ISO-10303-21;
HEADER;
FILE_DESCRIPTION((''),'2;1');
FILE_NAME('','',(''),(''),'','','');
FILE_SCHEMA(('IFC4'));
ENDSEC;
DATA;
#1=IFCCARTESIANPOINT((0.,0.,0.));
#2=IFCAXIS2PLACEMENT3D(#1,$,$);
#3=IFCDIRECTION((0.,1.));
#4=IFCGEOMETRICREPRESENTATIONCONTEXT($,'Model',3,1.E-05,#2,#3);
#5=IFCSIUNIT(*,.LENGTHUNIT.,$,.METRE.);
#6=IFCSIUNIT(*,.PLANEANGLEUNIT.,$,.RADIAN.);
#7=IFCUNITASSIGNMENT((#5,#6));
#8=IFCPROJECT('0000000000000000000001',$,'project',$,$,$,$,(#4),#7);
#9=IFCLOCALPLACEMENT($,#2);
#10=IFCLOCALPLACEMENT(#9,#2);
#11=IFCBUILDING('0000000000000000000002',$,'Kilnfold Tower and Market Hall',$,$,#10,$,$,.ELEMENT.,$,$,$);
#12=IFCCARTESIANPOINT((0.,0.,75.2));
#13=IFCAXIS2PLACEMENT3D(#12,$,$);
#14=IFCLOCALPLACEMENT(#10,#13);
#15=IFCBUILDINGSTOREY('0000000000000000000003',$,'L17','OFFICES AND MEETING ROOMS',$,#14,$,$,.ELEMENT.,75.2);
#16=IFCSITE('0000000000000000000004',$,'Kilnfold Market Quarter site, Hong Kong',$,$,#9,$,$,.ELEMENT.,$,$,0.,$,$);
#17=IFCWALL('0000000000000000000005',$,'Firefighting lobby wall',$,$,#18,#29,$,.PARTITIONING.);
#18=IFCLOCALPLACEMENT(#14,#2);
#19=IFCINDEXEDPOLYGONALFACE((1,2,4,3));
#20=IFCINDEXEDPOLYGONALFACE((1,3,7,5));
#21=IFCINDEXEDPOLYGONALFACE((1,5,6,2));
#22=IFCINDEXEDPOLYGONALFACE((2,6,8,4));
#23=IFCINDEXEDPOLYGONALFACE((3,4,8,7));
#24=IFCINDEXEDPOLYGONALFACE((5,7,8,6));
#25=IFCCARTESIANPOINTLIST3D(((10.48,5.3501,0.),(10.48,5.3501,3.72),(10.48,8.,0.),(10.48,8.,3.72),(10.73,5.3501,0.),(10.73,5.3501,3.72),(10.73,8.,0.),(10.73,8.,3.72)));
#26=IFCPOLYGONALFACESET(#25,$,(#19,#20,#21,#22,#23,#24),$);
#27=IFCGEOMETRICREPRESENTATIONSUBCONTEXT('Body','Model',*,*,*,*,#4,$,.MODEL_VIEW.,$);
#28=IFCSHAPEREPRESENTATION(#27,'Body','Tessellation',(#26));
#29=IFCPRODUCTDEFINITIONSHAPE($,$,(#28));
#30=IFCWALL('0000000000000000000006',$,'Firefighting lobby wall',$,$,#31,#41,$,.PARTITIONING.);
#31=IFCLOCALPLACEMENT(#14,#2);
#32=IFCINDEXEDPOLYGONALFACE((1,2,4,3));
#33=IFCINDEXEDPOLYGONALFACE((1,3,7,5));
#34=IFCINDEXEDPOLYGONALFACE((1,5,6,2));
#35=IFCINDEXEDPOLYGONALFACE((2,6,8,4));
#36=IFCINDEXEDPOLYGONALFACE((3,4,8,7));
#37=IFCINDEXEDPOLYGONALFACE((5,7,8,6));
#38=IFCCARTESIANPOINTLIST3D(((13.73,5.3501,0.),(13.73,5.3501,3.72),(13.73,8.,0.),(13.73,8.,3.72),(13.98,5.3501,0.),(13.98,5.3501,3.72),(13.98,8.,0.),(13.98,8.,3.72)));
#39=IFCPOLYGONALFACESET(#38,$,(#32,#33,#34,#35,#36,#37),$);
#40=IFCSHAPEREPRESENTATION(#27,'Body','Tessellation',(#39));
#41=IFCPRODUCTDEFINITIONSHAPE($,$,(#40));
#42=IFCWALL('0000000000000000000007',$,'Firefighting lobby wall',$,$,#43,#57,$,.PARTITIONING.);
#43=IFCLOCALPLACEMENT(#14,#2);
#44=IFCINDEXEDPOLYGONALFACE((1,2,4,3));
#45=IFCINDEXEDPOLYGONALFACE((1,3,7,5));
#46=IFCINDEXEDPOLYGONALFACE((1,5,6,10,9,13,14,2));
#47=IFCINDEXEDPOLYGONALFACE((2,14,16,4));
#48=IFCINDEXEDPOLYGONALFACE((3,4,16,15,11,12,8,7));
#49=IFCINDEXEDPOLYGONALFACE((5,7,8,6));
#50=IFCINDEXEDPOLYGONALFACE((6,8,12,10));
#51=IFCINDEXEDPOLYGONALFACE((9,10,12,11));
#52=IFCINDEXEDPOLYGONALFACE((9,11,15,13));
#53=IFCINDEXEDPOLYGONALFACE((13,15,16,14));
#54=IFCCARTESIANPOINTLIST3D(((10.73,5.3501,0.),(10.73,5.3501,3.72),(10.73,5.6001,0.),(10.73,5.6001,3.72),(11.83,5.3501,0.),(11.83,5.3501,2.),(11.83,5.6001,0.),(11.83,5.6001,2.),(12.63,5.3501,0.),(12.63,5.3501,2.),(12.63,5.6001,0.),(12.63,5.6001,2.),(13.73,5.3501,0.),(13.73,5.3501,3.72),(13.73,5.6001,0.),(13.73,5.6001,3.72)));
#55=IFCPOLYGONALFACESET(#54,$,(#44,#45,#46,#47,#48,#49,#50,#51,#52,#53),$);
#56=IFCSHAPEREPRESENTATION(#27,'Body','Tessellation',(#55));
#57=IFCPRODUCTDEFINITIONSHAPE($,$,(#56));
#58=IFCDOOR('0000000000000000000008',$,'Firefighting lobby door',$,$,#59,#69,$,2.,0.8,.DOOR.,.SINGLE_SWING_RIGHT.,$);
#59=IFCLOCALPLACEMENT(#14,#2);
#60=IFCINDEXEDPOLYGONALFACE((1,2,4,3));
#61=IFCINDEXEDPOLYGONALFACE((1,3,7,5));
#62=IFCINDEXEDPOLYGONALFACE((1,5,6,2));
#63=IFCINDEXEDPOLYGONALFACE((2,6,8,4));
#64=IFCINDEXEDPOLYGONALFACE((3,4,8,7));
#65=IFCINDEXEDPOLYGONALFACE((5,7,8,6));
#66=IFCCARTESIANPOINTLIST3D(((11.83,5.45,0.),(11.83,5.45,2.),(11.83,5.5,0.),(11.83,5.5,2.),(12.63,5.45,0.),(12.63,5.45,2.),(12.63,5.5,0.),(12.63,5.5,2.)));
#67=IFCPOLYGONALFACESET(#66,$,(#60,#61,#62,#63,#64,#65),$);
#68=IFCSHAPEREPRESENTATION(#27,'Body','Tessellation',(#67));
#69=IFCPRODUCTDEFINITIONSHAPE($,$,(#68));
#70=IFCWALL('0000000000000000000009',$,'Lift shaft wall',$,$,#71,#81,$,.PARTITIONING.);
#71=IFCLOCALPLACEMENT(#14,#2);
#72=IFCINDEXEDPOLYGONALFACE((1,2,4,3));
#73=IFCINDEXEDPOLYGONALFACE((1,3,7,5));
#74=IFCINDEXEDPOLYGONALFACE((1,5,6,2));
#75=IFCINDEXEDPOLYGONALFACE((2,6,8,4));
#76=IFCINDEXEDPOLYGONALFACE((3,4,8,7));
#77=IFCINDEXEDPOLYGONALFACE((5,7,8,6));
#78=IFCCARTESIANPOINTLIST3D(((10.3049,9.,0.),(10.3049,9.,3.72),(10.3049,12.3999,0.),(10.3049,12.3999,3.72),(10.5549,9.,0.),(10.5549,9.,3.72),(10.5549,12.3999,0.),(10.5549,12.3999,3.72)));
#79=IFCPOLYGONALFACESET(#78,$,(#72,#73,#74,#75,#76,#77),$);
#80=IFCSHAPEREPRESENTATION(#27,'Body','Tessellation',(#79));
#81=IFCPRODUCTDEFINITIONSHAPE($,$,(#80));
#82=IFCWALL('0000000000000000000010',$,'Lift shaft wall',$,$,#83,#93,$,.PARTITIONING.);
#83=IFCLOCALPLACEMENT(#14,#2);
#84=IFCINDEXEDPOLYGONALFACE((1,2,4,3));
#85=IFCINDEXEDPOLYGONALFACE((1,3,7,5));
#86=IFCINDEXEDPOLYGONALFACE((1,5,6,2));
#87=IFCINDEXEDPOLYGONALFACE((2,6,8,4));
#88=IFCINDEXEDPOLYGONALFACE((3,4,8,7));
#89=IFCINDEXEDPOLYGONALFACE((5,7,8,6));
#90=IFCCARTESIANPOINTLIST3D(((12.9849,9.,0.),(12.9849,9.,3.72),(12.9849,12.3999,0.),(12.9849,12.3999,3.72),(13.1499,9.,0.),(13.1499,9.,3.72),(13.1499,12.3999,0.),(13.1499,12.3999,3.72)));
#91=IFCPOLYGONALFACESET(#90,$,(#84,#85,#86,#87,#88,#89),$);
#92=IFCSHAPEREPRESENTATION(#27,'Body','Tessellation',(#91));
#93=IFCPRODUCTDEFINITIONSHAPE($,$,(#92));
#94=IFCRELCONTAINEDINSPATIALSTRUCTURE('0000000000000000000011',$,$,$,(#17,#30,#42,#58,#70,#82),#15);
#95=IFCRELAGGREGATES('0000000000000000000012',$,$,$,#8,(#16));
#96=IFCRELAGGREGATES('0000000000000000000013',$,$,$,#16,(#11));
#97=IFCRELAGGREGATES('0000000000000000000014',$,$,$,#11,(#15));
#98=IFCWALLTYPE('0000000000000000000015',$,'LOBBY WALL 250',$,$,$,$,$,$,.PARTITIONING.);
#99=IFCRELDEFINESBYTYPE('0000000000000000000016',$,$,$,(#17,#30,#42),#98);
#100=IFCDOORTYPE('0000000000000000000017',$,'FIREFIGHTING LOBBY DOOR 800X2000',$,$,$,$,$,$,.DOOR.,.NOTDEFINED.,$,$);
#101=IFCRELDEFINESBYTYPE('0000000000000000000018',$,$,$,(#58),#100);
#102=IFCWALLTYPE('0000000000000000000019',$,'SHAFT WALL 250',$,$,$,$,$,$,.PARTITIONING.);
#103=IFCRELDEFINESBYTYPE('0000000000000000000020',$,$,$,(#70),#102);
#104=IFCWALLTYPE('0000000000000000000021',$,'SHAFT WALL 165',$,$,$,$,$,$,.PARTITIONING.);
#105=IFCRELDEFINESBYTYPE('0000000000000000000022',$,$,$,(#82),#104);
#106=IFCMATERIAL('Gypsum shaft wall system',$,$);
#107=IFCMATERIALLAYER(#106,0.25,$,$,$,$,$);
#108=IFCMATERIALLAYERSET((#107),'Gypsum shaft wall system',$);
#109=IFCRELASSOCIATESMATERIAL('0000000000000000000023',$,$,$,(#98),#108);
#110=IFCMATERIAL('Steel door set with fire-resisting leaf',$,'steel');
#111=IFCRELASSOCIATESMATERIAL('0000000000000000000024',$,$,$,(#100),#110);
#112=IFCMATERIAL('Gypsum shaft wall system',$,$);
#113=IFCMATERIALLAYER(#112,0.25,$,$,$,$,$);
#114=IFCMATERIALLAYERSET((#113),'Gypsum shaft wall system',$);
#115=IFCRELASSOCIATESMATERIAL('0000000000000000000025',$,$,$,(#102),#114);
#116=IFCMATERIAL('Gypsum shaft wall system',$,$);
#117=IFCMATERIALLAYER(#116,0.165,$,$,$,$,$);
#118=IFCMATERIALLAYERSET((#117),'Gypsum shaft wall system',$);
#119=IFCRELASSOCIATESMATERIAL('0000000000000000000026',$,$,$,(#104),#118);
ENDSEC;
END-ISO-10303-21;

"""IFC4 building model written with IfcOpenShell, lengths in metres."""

from ifc_helpers import new_model, si_unit, direction, frame, frame_2d, origin, place, context, subcontext, project, spatial, rectangle, extrude, source, transform, mapped, material, layer, layer_set, type_object, element, fill, save


model = new_model("IFC4")

# Units and contexts
model_context = context("Model", 3, precision=1e-05, world=origin(), true_north=direction((0.0, 1.0)))
body_context = subcontext(model_context, "Body", "Model", "MODEL_VIEW")
ifc_project = project(units=[si_unit("LENGTHUNIT", "METRE"), si_unit("PLANEANGLEUNIT", "RADIAN")], contexts=[model_context])

# Site, building, storey
site_placement = place(None, origin())
site = spatial("IfcSite", under=ifc_project, at=site_placement, Name="Kilnfold Market Quarter site, Hong Kong", CompositionType="ELEMENT", RefElevation=0.0)
building_placement = place(site_placement, origin())
building = spatial("IfcBuilding", under=site, at=building_placement, Name="Kilnfold Tower and Market Hall", CompositionType="ELEMENT")
storey_placement = place(building_placement, frame((0.0, 0.0, 75.2)))
storey = spatial("IfcBuildingStorey", under=building, at=storey_placement, Name="L17", Description="OFFICES AND MEETING ROOMS", CompositionType="ELEMENT", Elevation=75.2)

# Walls
ifc_material_1 = material(Name="Gypsum shaft wall system")
ifc_layer_1 = layer(ifc_material_1, 0.25)
ifc_layer_set_1 = layer_set([ifc_layer_1], Name="Gypsum shaft wall system")
wall_type_1 = type_object("IfcWallType", Name="LOBBY WALL 250", PredefinedType="PARTITIONING", material=ifc_layer_set_1)
shared_shape_1 = source(origin(), body_context, "Body", "SweptSolid", [
    extrude(rectangle(XDim=2.6499, YDim=0.25, at=frame_2d((1.325, 0.0))), origin(), (0.0, 0.0, 1.0), 3.72),
])
for number, where, z_axis, x_axis, name in (
    (1, (10.605, 5.3501, 0.0), (0.0, 0.0, 1.0), (0.0, 1.0, 0.0), "Firefighting lobby wall"),
    (2, (13.855, 5.3501, 0.0), (0.0, 0.0, 1.0), (0.0, 1.0, 0.0), "Firefighting lobby wall"),
):
    element("IfcWall", number, at=place(storey_placement, frame(where, z_axis=z_axis, x_axis=x_axis)), inside=storey, type_object=wall_type_1, Name=name, PredefinedType="PARTITIONING", context=body_context, shape_type="MappedRepresentation", body=[
        mapped(shared_shape_1, transform((0.0, 0.0, 0.0))),
    ])

# Wall, opening, door
shared_shape_2 = source(origin(), body_context, "Body", "SweptSolid", [
    extrude(rectangle(XDim=3.0, YDim=0.25, at=frame_2d((1.5, 0.0))), origin(), (0.0, 0.0, 1.0), 3.72),
])
wall_1_placement = place(storey_placement, frame((10.73, 5.4751, 0.0), z_axis=(0.0, 0.0, 1.0), x_axis=(1.0, 0.0, 0.0)))
wall_1 = element("IfcWall", 3, at=wall_1_placement, inside=storey, type_object=wall_type_1, Name="Firefighting lobby wall", PredefinedType="PARTITIONING", context=body_context, shape_type="MappedRepresentation", body=[
    mapped(shared_shape_2, transform((0.0, 0.0, 0.0))),
])
opening_1_placement = place(wall_1_placement, frame((1.1001, 0.0, 0.0)))
opening_1 = element("IfcOpeningElement", 4, at=opening_1_placement, cuts=wall_1, PredefinedType="OPENING", context=body_context, shape_type="SweptSolid", body=[
    extrude(rectangle(XDim=0.8, YDim=2.0, at=frame_2d((0.3999, 1.0))), frame((0.0, 0.135, 0.0), z_axis=(0.0, -1.0, 0.0), x_axis=(1.0, 0.0, 0.0)), (0.0, 0.0, 1.0), 0.27),
])
ifc_material_2 = material(Name="Steel door set with fire-resisting leaf", Category="steel")
door_type_1 = type_object("IfcDoorType", Name="FIREFIGHTING LOBBY DOOR 800X2000", OperationType="NOTDEFINED", PredefinedType="DOOR", material=ifc_material_2)
door_1_placement = place(opening_1_placement, origin())
door_1 = element("IfcDoor", 5, at=door_1_placement, inside=storey, type_object=door_type_1, Name="Firefighting lobby door", OperationType="SINGLE_SWING_RIGHT", OverallHeight=2.0, OverallWidth=0.8, PredefinedType="DOOR", context=body_context, shape_type="SweptSolid", body=[
    extrude(rectangle(XDim=0.8, YDim=2.0, at=frame_2d((0.3999, 1.0))), frame((0.0, 0.0249, 0.0), z_axis=(0.0, -1.0, 0.0), x_axis=(1.0, 0.0, 0.0)), (0.0, 0.0, 1.0), 0.05),
])
fill(opening_1, door_1)

# Walls
ifc_material_3 = material(Name="Gypsum shaft wall system")
ifc_layer_2 = layer(ifc_material_3, 0.25)
ifc_layer_set_2 = layer_set([ifc_layer_2], Name="Gypsum shaft wall system")
wall_type_2 = type_object("IfcWallType", Name="SHAFT WALL 250", PredefinedType="PARTITIONING", material=ifc_layer_set_2)
shared_shape_3 = source(origin(), body_context, "Body", "SweptSolid", [
    extrude(rectangle(XDim=3.3999, YDim=0.25, at=frame_2d((1.7, 0.0))), origin(), (0.0, 0.0, 1.0), 3.72),
])
wall_2_placement = place(storey_placement, frame((10.4299, 9.0, 0.0), z_axis=(0.0, 0.0, 1.0), x_axis=(0.0, 1.0, 0.0)))
element("IfcWall", 6, at=wall_2_placement, inside=storey, type_object=wall_type_2, Name="Lift shaft wall", PredefinedType="PARTITIONING", context=body_context, shape_type="MappedRepresentation", body=[
    mapped(shared_shape_3, transform((0.0, 0.0, 0.0))),
])
ifc_material_4 = material(Name="Gypsum shaft wall system")
ifc_layer_3 = layer(ifc_material_4, 0.165)
ifc_layer_set_3 = layer_set([ifc_layer_3], Name="Gypsum shaft wall system")
wall_type_3 = type_object("IfcWallType", Name="SHAFT WALL 165", PredefinedType="PARTITIONING", material=ifc_layer_set_3)
shared_shape_4 = source(origin(), body_context, "Body", "SweptSolid", [
    extrude(rectangle(XDim=3.3999, YDim=0.165, at=frame_2d((1.7, 0.0))), origin(), (0.0, 0.0, 1.0), 3.72),
])
wall_3_placement = place(storey_placement, frame((13.0674, 9.0, 0.0), z_axis=(0.0, 0.0, 1.0), x_axis=(0.0, 1.0, 0.0)))
element("IfcWall", 7, at=wall_3_placement, inside=storey, type_object=wall_type_3, Name="Lift shaft wall", PredefinedType="PARTITIONING", context=body_context, shape_type="MappedRepresentation", body=[
    mapped(shared_shape_4, transform((0.0, 0.0, 0.0))),
])

save(model, "model.ifc")
